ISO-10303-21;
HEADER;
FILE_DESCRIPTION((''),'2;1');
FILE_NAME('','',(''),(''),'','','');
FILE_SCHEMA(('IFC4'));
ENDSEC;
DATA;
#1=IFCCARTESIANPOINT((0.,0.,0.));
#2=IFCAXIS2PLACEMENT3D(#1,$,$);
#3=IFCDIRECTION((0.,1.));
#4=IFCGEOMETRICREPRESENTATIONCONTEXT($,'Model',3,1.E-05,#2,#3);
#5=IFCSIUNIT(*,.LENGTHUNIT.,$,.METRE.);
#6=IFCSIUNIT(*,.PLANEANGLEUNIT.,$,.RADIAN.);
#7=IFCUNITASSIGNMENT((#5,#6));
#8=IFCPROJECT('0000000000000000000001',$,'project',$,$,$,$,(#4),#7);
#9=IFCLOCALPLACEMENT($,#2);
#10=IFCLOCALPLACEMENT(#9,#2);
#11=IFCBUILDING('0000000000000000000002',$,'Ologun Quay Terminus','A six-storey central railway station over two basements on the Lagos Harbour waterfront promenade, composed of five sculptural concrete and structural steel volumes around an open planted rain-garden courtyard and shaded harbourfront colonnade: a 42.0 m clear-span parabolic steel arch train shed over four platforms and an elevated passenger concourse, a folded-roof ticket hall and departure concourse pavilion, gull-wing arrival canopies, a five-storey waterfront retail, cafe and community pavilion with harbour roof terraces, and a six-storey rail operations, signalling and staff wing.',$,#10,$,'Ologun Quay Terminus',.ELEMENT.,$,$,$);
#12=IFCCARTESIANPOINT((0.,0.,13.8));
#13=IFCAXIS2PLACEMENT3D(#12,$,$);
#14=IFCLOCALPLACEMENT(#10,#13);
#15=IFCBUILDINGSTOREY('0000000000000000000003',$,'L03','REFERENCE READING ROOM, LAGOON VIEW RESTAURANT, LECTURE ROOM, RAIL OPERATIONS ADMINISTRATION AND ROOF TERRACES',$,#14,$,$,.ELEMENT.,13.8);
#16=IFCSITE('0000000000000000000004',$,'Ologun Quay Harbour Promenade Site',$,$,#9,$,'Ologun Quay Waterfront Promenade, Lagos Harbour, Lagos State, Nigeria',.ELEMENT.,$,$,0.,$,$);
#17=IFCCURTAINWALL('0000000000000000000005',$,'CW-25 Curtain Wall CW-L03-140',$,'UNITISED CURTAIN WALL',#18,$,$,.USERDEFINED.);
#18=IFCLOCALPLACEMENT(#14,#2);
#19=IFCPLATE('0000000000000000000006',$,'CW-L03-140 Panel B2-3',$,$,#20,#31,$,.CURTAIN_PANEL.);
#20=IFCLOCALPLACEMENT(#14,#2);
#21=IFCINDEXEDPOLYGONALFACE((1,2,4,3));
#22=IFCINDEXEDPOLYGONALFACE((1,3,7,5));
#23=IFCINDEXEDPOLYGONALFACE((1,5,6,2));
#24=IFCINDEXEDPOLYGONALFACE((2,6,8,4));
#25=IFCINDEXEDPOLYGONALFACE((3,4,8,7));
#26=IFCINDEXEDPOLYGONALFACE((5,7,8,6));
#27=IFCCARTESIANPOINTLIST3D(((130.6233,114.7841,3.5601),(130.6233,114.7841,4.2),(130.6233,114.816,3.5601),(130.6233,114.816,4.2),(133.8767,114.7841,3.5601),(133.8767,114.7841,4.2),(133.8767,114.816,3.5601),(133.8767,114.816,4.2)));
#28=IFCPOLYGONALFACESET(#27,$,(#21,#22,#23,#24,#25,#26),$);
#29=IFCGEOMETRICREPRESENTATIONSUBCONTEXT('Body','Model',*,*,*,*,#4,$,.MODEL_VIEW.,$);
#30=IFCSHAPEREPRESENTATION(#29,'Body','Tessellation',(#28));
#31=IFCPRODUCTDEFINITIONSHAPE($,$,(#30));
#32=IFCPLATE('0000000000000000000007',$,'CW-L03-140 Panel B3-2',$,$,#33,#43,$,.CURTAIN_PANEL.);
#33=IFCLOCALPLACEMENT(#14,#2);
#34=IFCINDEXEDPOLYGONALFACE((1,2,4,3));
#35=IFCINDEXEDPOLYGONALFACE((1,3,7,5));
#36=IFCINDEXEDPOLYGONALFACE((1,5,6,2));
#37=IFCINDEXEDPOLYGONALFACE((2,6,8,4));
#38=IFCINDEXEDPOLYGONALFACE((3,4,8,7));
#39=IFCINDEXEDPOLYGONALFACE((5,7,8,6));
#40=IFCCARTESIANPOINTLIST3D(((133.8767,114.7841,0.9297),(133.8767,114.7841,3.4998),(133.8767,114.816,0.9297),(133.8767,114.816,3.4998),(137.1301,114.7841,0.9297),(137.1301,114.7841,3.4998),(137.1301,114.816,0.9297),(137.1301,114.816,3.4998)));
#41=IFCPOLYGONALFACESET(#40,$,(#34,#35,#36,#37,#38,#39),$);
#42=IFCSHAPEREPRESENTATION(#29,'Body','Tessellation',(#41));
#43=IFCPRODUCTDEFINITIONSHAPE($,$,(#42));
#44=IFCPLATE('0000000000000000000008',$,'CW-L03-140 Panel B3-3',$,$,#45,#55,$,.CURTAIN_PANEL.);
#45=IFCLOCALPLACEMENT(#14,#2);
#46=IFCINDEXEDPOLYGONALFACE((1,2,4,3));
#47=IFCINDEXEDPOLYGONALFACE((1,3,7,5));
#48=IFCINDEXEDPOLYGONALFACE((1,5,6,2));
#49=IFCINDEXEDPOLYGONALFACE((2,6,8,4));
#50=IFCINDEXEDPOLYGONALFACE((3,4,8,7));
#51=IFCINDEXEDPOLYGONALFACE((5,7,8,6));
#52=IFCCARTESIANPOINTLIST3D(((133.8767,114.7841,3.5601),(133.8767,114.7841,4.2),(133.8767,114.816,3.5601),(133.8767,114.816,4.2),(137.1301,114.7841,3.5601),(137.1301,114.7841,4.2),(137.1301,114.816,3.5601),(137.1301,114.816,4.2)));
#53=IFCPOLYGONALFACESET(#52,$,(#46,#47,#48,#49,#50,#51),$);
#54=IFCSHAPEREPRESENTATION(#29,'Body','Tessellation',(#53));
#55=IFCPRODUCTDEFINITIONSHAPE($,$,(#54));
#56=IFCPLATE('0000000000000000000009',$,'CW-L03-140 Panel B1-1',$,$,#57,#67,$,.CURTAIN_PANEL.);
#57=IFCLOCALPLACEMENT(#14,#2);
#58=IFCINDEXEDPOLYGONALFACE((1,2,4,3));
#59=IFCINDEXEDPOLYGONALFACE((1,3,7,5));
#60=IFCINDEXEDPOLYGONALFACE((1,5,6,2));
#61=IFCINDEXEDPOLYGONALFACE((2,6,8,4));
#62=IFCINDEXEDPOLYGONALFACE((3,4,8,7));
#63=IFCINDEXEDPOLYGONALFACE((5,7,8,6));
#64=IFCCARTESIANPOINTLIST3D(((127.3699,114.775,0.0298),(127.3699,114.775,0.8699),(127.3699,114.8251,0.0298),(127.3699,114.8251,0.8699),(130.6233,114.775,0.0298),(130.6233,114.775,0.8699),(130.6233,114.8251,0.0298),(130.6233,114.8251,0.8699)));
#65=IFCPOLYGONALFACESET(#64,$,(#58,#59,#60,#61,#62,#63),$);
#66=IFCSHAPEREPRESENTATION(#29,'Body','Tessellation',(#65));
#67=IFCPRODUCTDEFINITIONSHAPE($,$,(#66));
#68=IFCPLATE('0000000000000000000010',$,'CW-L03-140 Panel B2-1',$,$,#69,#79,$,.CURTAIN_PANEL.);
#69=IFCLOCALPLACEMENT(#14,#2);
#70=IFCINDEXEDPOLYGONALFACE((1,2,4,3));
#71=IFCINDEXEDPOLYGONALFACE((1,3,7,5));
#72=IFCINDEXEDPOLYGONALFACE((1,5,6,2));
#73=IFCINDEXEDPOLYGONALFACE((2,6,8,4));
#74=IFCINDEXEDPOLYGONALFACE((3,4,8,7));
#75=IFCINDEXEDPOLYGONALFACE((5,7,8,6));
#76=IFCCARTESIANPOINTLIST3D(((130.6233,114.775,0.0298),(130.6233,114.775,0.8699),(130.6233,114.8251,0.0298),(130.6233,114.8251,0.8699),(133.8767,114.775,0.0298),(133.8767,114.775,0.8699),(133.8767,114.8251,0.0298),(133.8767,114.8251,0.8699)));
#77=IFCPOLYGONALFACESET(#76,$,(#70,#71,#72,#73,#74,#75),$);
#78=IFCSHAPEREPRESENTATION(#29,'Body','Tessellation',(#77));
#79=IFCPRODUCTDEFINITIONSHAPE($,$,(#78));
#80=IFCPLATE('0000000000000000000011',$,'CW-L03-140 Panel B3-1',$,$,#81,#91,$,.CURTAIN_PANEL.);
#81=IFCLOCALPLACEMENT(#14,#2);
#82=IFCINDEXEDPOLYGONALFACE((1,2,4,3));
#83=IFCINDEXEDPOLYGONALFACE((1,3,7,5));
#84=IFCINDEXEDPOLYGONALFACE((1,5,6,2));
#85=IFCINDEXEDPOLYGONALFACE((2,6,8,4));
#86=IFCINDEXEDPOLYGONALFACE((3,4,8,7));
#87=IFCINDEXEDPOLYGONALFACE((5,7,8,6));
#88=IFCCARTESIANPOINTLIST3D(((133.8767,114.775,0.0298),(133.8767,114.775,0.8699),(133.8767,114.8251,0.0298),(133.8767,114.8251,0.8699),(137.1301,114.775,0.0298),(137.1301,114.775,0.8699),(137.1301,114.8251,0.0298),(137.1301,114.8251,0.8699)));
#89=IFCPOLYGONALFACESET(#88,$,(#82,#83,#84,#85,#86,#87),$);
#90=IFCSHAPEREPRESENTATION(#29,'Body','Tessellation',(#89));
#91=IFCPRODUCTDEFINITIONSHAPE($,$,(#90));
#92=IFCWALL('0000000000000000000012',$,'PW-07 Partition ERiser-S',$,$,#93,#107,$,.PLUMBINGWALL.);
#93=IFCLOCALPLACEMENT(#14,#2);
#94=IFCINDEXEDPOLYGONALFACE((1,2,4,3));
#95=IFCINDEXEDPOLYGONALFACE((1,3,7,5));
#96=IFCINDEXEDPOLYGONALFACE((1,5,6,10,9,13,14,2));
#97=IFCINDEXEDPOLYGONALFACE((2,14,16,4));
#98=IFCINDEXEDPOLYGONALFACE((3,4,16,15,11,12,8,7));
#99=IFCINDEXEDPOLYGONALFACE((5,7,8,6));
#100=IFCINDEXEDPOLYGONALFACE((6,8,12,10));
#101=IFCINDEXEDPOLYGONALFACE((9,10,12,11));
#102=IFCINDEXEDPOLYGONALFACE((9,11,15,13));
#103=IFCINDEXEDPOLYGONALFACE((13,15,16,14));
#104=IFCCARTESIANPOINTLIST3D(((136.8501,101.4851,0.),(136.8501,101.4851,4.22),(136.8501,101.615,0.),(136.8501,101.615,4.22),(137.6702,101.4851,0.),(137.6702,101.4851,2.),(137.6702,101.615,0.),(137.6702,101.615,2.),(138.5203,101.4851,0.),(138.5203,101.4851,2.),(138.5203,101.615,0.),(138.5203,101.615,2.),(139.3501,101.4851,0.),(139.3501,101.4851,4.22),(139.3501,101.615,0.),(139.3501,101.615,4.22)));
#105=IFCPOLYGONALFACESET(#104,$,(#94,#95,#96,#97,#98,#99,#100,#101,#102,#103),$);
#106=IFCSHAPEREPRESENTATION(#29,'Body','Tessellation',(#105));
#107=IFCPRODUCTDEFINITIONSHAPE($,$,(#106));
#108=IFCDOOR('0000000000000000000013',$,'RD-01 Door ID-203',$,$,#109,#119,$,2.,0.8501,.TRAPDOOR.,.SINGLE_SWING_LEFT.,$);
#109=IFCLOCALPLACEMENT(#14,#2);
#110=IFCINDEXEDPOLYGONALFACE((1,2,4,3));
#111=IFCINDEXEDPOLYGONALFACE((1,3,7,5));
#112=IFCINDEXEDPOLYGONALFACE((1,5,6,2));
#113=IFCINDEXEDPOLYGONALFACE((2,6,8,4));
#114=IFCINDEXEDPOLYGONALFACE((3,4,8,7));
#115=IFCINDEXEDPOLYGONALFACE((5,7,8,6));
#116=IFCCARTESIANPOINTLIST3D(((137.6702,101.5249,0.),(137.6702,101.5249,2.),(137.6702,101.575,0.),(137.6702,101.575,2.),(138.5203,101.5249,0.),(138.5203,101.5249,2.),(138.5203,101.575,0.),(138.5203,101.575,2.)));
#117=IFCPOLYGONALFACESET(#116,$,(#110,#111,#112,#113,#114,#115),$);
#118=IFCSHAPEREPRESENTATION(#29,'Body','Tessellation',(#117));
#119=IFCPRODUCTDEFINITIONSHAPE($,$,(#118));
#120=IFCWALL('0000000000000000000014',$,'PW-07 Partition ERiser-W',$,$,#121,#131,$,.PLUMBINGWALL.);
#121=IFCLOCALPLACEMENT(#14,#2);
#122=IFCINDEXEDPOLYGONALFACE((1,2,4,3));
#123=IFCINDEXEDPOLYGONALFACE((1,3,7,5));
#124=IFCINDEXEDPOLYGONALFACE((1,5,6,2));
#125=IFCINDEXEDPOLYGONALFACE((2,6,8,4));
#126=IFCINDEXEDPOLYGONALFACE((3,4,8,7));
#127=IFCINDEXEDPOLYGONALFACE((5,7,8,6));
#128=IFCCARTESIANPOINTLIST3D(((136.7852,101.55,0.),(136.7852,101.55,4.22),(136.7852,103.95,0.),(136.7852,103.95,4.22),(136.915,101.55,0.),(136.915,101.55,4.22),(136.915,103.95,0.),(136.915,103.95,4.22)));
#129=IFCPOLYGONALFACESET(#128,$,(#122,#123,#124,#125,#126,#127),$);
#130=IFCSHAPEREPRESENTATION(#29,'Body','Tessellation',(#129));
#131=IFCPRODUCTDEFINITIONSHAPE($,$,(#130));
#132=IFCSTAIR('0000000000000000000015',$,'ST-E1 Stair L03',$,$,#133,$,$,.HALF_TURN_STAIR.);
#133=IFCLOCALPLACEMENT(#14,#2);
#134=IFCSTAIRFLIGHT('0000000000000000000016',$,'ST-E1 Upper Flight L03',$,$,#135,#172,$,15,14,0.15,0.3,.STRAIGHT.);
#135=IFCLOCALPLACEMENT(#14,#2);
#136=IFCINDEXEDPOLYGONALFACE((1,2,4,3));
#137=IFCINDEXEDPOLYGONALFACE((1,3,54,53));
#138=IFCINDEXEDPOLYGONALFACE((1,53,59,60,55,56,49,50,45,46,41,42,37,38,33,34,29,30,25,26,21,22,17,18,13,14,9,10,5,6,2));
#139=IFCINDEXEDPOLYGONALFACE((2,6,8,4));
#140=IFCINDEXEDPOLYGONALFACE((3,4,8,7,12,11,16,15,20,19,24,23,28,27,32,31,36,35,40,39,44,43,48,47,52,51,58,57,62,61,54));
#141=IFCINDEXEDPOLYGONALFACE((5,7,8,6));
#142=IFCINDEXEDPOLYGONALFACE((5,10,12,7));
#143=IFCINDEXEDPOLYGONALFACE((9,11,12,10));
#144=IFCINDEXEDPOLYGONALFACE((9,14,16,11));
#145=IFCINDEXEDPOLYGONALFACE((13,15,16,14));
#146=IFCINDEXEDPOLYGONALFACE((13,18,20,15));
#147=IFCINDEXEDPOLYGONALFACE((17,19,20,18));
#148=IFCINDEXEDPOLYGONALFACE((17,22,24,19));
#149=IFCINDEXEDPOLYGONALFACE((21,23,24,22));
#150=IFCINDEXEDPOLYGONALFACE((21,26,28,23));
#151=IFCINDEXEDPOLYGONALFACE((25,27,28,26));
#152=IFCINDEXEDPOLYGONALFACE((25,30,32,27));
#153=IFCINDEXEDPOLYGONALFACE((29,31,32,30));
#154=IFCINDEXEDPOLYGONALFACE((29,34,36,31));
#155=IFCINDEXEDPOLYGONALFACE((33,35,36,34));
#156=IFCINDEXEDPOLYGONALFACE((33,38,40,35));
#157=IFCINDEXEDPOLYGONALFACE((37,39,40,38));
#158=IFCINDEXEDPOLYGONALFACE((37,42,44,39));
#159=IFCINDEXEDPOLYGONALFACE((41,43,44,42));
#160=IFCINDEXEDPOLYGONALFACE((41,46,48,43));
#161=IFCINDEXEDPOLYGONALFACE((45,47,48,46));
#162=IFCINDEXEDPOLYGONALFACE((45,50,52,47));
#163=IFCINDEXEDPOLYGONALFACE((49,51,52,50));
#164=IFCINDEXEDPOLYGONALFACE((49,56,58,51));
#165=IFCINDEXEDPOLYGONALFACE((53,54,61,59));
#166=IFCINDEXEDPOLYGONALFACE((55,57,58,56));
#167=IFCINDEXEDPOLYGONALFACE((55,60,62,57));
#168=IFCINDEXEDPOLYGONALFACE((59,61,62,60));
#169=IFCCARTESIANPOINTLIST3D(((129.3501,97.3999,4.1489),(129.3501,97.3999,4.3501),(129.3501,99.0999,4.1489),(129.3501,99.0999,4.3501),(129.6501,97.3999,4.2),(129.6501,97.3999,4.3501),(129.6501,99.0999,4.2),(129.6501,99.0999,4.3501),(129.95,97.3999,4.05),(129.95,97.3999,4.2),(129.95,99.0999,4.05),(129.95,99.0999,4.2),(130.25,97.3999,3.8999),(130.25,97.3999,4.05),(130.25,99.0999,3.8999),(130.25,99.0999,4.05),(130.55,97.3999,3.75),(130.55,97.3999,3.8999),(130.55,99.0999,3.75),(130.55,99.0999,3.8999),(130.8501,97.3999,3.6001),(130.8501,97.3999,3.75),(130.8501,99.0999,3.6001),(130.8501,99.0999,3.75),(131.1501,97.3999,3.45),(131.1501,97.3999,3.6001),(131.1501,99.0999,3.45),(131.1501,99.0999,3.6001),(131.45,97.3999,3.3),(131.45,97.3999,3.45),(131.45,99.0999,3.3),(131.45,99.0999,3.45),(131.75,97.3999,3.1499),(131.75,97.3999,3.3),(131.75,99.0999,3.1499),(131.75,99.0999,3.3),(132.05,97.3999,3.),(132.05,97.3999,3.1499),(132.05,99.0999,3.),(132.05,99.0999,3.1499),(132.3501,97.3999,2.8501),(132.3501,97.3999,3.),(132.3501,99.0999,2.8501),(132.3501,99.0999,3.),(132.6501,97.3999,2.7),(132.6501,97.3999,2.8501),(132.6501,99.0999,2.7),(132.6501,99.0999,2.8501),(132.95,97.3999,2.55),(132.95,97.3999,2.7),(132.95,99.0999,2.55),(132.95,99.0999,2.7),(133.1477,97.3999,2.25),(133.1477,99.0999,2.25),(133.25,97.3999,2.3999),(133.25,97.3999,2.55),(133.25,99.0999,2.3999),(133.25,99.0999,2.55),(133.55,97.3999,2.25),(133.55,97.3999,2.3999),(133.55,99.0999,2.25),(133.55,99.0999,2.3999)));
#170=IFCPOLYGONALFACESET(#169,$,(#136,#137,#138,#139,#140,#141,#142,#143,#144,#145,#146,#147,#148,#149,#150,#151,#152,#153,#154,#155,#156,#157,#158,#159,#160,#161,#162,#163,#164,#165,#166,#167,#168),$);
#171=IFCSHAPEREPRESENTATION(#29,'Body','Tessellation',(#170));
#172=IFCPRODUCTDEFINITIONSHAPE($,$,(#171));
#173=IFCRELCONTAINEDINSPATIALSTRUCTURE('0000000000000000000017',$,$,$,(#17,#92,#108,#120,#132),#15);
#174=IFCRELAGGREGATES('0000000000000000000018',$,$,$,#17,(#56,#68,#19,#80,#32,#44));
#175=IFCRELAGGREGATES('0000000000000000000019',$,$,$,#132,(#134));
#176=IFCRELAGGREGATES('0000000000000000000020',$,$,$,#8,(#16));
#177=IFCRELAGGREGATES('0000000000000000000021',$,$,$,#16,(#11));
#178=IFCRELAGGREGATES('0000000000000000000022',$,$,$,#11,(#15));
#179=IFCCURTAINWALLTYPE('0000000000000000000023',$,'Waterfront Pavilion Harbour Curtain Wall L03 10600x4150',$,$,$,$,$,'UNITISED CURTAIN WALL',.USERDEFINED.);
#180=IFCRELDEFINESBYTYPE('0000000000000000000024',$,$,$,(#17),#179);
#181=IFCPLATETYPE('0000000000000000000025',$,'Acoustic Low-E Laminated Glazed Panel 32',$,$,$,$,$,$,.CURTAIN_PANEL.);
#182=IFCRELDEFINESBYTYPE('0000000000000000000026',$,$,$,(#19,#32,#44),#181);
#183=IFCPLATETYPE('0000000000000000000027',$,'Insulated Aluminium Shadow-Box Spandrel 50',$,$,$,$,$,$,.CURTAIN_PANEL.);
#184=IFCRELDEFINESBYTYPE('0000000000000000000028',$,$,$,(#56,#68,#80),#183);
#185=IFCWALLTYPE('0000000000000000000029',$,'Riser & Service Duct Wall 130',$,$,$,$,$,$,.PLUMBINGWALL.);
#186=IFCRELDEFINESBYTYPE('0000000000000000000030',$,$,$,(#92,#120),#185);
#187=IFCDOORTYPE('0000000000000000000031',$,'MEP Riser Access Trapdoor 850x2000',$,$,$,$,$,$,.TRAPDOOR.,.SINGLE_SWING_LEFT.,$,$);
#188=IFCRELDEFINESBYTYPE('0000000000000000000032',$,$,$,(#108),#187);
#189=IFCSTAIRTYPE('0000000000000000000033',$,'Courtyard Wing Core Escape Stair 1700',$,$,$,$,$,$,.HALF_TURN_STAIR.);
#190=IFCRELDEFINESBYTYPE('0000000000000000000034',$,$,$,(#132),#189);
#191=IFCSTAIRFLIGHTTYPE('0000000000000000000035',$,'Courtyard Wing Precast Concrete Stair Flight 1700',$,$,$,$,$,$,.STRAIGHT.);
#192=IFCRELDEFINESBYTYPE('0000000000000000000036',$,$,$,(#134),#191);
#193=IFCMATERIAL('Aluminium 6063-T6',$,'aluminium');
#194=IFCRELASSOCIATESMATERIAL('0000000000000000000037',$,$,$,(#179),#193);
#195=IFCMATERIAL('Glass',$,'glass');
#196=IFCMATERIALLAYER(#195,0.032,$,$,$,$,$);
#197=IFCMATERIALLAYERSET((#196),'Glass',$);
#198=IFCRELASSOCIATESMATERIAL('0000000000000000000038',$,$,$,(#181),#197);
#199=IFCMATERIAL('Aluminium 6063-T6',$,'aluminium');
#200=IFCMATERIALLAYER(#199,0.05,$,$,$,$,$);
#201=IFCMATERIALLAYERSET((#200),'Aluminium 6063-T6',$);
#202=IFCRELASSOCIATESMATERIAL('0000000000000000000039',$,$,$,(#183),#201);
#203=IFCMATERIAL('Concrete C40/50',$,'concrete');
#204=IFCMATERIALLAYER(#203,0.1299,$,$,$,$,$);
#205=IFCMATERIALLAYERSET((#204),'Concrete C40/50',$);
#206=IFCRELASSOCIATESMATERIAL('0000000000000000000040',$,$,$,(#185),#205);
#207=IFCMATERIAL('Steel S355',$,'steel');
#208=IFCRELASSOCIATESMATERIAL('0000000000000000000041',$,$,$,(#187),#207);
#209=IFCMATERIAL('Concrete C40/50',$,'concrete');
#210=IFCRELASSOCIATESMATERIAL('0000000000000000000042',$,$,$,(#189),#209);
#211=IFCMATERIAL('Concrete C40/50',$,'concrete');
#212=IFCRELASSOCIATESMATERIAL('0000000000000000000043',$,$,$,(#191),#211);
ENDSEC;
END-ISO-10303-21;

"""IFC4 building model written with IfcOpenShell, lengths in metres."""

from ifc_helpers import new_model, si_unit, direction, frame, frame_2d, origin, origin_2d, place, context, subcontext, project, spatial, polyline, rectangle, outline, extrude, material, layer, layer_set, type_object, element, fill, aggregate, save


model = new_model("IFC4")

# Units and contexts
model_context = context("Model", 3, precision=1e-05, world=origin(), true_north=direction((0.0, 1.0)))
body_context = subcontext(model_context, "Body", "Model", "MODEL_VIEW")
ifc_project = project(units=[si_unit("LENGTHUNIT", "METRE"), si_unit("PLANEANGLEUNIT", "RADIAN")], contexts=[model_context])

# Site, building, storey
site_placement = place(None, origin())
site = spatial("IfcSite", under=ifc_project, at=site_placement, Name="Ologun Quay Harbour Promenade Site", LongName="Ologun Quay Waterfront Promenade, Lagos Harbour, Lagos State, Nigeria", CompositionType="ELEMENT", RefElevation=0.0)
building_placement = place(site_placement, origin())
building = spatial("IfcBuilding", under=site, at=building_placement, Name="Ologun Quay Terminus", Description="A six-storey central railway station over two basements on the Lagos Harbour waterfront promenade, composed of five sculptural concrete and structural steel volumes around an open planted rain-garden courtyard and shaded harbourfront colonnade: a 42.0 m clear-span parabolic steel arch train shed over four platforms and an elevated passenger concourse, a folded-roof ticket hall and departure concourse pavilion, gull-wing arrival canopies, a five-storey waterfront retail, cafe and community pavilion with harbour roof terraces, and a six-storey rail operations, signalling and staff wing.", LongName="Ologun Quay Terminus", CompositionType="ELEMENT")
storey_placement = place(building_placement, frame((0.0, 0.0, 13.8)))
storey = spatial("IfcBuildingStorey", under=building, at=storey_placement, Name="L03", Description="REFERENCE READING ROOM, LAGOON VIEW RESTAURANT, LECTURE ROOM, RAIL OPERATIONS ADMINISTRATION AND ROOF TERRACES", CompositionType="ELEMENT", Elevation=13.8)

# Curtain wall, plates
ifc_material_1 = material(Name="Aluminium 6063-T6", Category="aluminium")
curtain_wall_type = type_object("IfcCurtainWallType", Name="Waterfront Pavilion Harbour Curtain Wall L03 10600x4150", ElementType="UNITISED CURTAIN WALL", PredefinedType="USERDEFINED", material=ifc_material_1)
curtain_wall_placement = place(storey_placement, origin())
curtain_wall = element("IfcCurtainWall", 1, at=curtain_wall_placement, inside=storey, type_object=curtain_wall_type, Name="CW-25 Curtain Wall CW-L03-140", ObjectType="UNITISED CURTAIN WALL", PredefinedType="USERDEFINED")
ifc_material_2 = material(Name="Glass", Category="glass")
ifc_layer_1 = layer(ifc_material_2, 0.032)
ifc_layer_set_1 = layer_set([ifc_layer_1], Name="Glass")
plate_type_1 = type_object("IfcPlateType", Name="Acoustic Low-E Laminated Glazed Panel 32", PredefinedType="CURTAIN_PANEL", material=ifc_layer_set_1)
plate_1_placement = place(storey_placement, frame((132.25, 114.8, 3.5601), z_axis=(0.0, 0.0, 1.0), x_axis=(1.0, 0.0, 0.0)))
plate_1 = element("IfcPlate", 2, at=plate_1_placement, type_object=plate_type_1, Name="CW-L03-140 Panel B2-3", PredefinedType="CURTAIN_PANEL", context=body_context, shape_type="SweptSolid", body=[
    extrude(rectangle(XDim=3.2534, YDim=0.032, at=origin_2d()), origin(), (0.0, 0.0, 1.0), 0.6399),
])
plate_2_placement = place(storey_placement, frame((135.5034, 114.8, 0.9297), z_axis=(0.0, 0.0, 1.0), x_axis=(1.0, 0.0, 0.0)))
plate_2 = element("IfcPlate", 3, at=plate_2_placement, type_object=plate_type_1, Name="CW-L03-140 Panel B3-2", PredefinedType="CURTAIN_PANEL", context=body_context, shape_type="SweptSolid", body=[
    extrude(rectangle(XDim=3.2534, YDim=0.032, at=origin_2d()), origin(), (0.0, 0.0, 1.0), 2.5701),
])
plate_3_placement = place(storey_placement, frame((135.5034, 114.8, 3.5601), z_axis=(0.0, 0.0, 1.0), x_axis=(1.0, 0.0, 0.0)))
plate_3 = element("IfcPlate", 4, at=plate_3_placement, type_object=plate_type_1, Name="CW-L03-140 Panel B3-3", PredefinedType="CURTAIN_PANEL", context=body_context, shape_type="SweptSolid", body=[
    extrude(rectangle(XDim=3.2534, YDim=0.032, at=origin_2d()), origin(), (0.0, 0.0, 1.0), 0.6399),
])
ifc_material_3 = material(Name="Aluminium 6063-T6", Category="aluminium")
ifc_layer_2 = layer(ifc_material_3, 0.05)
ifc_layer_set_2 = layer_set([ifc_layer_2], Name="Aluminium 6063-T6")
plate_type_2 = type_object("IfcPlateType", Name="Insulated Aluminium Shadow-Box Spandrel 50", PredefinedType="CURTAIN_PANEL", material=ifc_layer_set_2)
plate_4_placement = place(storey_placement, frame((128.9966, 114.8, 0.0298), z_axis=(0.0, 0.0, 1.0), x_axis=(1.0, 0.0, 0.0)))
plate_4 = element("IfcPlate", 5, at=plate_4_placement, type_object=plate_type_2, Name="CW-L03-140 Panel B1-1", PredefinedType="CURTAIN_PANEL", context=body_context, shape_type="SweptSolid", body=[
    extrude(rectangle(XDim=3.2534, YDim=0.05, at=origin_2d()), origin(), (0.0, 0.0, 1.0), 0.8401),
])
plate_5_placement = place(storey_placement, frame((132.25, 114.8, 0.0298), z_axis=(0.0, 0.0, 1.0), x_axis=(1.0, 0.0, 0.0)))
plate_5 = element("IfcPlate", 6, at=plate_5_placement, type_object=plate_type_2, Name="CW-L03-140 Panel B2-1", PredefinedType="CURTAIN_PANEL", context=body_context, shape_type="SweptSolid", body=[
    extrude(rectangle(XDim=3.2534, YDim=0.05, at=origin_2d()), origin(), (0.0, 0.0, 1.0), 0.8401),
])
plate_6_placement = place(storey_placement, frame((135.5034, 114.8, 0.0298), z_axis=(0.0, 0.0, 1.0), x_axis=(1.0, 0.0, 0.0)))
plate_6 = element("IfcPlate", 7, at=plate_6_placement, type_object=plate_type_2, Name="CW-L03-140 Panel B3-1", PredefinedType="CURTAIN_PANEL", context=body_context, shape_type="SweptSolid", body=[
    extrude(rectangle(XDim=3.2534, YDim=0.05, at=origin_2d()), origin(), (0.0, 0.0, 1.0), 0.8401),
])
aggregate(curtain_wall, [plate_4, plate_5, plate_1, plate_6, plate_2, plate_3])

# Wall, opening, door
ifc_material_4 = material(Name="Concrete C40/50", Category="concrete")
ifc_layer_3 = layer(ifc_material_4, 0.1299)
ifc_layer_set_3 = layer_set([ifc_layer_3], Name="Concrete C40/50")
wall_type = type_object("IfcWallType", Name="Riser & Service Duct Wall 130", PredefinedType="PLUMBINGWALL", material=ifc_layer_set_3)
wall_1_placement = place(storey_placement, frame((136.8501, 101.55, 0.0), z_axis=(0.0, 0.0, 1.0), x_axis=(1.0, 0.0, 0.0)))
wall_1 = element("IfcWall", 8, at=wall_1_placement, inside=storey, type_object=wall_type, Name="PW-07 Partition ERiser-S", PredefinedType="PLUMBINGWALL", context=body_context, shape_type="SweptSolid", body=[
    extrude(rectangle(XDim=2.5, YDim=0.1299, at=frame_2d((1.25, 0.0))), origin(), (0.0, 0.0, 1.0), 4.22),
])
opening_placement = place(wall_1_placement, frame((0.8201, 0.0, 0.0)))
opening = element("IfcOpeningElement", 9, at=opening_placement, cuts=wall_1, PredefinedType="OPENING", context=body_context, shape_type="SweptSolid", body=[
    extrude(rectangle(XDim=0.8501, YDim=2.0, at=frame_2d((0.425, 1.0))), frame((0.0, 0.075, 0.0), z_axis=(0.0, -1.0, 0.0), x_axis=(1.0, 0.0, 0.0)), (0.0, 0.0, 1.0), 0.1499),
])
ifc_material_5 = material(Name="Steel S355", Category="steel")
door_type = type_object("IfcDoorType", Name="MEP Riser Access Trapdoor 850x2000", OperationType="SINGLE_SWING_LEFT", PredefinedType="TRAPDOOR", material=ifc_material_5)
door_placement = place(opening_placement, origin())
door = element("IfcDoor", 10, at=door_placement, inside=storey, type_object=door_type, Name="RD-01 Door ID-203", OperationType="SINGLE_SWING_LEFT", OverallHeight=2.0, OverallWidth=0.8501, PredefinedType="TRAPDOOR", context=body_context, shape_type="SweptSolid", body=[
    extrude(rectangle(XDim=0.8501, YDim=2.0, at=frame_2d((0.425, 1.0))), frame((0.0, 0.0249, 0.0), z_axis=(0.0, -1.0, 0.0), x_axis=(1.0, 0.0, 0.0)), (0.0, 0.0, 1.0), 0.05),
])
fill(opening, door)

# Wall
wall_2_placement = place(storey_placement, frame((136.8501, 101.55, 0.0), z_axis=(0.0, 0.0, 1.0), x_axis=(0.0, 1.0, 0.0)))
element("IfcWall", 11, at=wall_2_placement, inside=storey, type_object=wall_type, Name="PW-07 Partition ERiser-W", PredefinedType="PLUMBINGWALL", context=body_context, shape_type="SweptSolid", body=[
    extrude(rectangle(XDim=2.3999, YDim=0.1299, at=frame_2d((1.2, 0.0))), origin(), (0.0, 0.0, 1.0), 4.22),
])

# Stair, stair flight
ifc_material_6 = material(Name="Concrete C40/50", Category="concrete")
stair_type = type_object("IfcStairType", Name="Courtyard Wing Core Escape Stair 1700", PredefinedType="HALF_TURN_STAIR", material=ifc_material_6)
stair_placement = place(storey_placement, origin())
stair = element("IfcStair", 12, at=stair_placement, inside=storey, type_object=stair_type, Name="ST-E1 Stair L03", PredefinedType="HALF_TURN_STAIR")
ifc_material_7 = material(Name="Concrete C40/50", Category="concrete")
stair_flight_type = type_object("IfcStairFlightType", Name="Courtyard Wing Precast Concrete Stair Flight 1700", PredefinedType="STRAIGHT", material=ifc_material_7)
stair_flight_placement = place(storey_placement, frame((133.55, 98.25, 2.25), z_axis=(0.0, 0.0, 1.0), x_axis=(-1.0, 0.0, 0.0)))
stair_flight = element("IfcStairFlight", 13, at=stair_flight_placement, type_object=stair_flight_type, Name="ST-E1 Upper Flight L03", NumberOfRisers=15, NumberOfTreads=14, PredefinedType="STRAIGHT", RiserHeight=0.15, TreadLength=0.3, context=body_context, shape_type="SweptSolid", body=[
    extrude(outline(polyline([(0.0, 0.0), (0.0, 0.1499), (0.3, 0.1499), (0.3, 0.3), (0.6001, 0.3), (0.6001, 0.45), (0.8999, 0.45), (0.8999, 0.6001), (1.2, 0.6001), (1.2, 0.75), (1.5, 0.75), (1.5, 0.8999), (1.8, 0.8999), (1.8, 1.05), (2.1001, 1.05), (2.1001, 1.2), (2.3999, 1.2), (2.3999, 1.3501), (2.7, 1.3501), (2.7, 1.5), (3.0, 1.5), (3.0, 1.6499), (3.3, 1.6499), (3.3, 1.8), (3.6001, 1.8), (3.6001, 1.95), (3.8999, 1.95), (3.8999, 2.1001), (4.2, 2.1001), (4.2, 2.25), (4.2, 1.8989), (0.4023, 0.0), (0.0, 0.0)])), frame((0.0, 0.8501, 0.0), z_axis=(0.0, -1.0, 0.0), x_axis=(1.0, 0.0, 0.0)), (0.0, 0.0, 1.0), 1.7),
])
aggregate(stair, [stair_flight])

save(model, "model.ifc")
